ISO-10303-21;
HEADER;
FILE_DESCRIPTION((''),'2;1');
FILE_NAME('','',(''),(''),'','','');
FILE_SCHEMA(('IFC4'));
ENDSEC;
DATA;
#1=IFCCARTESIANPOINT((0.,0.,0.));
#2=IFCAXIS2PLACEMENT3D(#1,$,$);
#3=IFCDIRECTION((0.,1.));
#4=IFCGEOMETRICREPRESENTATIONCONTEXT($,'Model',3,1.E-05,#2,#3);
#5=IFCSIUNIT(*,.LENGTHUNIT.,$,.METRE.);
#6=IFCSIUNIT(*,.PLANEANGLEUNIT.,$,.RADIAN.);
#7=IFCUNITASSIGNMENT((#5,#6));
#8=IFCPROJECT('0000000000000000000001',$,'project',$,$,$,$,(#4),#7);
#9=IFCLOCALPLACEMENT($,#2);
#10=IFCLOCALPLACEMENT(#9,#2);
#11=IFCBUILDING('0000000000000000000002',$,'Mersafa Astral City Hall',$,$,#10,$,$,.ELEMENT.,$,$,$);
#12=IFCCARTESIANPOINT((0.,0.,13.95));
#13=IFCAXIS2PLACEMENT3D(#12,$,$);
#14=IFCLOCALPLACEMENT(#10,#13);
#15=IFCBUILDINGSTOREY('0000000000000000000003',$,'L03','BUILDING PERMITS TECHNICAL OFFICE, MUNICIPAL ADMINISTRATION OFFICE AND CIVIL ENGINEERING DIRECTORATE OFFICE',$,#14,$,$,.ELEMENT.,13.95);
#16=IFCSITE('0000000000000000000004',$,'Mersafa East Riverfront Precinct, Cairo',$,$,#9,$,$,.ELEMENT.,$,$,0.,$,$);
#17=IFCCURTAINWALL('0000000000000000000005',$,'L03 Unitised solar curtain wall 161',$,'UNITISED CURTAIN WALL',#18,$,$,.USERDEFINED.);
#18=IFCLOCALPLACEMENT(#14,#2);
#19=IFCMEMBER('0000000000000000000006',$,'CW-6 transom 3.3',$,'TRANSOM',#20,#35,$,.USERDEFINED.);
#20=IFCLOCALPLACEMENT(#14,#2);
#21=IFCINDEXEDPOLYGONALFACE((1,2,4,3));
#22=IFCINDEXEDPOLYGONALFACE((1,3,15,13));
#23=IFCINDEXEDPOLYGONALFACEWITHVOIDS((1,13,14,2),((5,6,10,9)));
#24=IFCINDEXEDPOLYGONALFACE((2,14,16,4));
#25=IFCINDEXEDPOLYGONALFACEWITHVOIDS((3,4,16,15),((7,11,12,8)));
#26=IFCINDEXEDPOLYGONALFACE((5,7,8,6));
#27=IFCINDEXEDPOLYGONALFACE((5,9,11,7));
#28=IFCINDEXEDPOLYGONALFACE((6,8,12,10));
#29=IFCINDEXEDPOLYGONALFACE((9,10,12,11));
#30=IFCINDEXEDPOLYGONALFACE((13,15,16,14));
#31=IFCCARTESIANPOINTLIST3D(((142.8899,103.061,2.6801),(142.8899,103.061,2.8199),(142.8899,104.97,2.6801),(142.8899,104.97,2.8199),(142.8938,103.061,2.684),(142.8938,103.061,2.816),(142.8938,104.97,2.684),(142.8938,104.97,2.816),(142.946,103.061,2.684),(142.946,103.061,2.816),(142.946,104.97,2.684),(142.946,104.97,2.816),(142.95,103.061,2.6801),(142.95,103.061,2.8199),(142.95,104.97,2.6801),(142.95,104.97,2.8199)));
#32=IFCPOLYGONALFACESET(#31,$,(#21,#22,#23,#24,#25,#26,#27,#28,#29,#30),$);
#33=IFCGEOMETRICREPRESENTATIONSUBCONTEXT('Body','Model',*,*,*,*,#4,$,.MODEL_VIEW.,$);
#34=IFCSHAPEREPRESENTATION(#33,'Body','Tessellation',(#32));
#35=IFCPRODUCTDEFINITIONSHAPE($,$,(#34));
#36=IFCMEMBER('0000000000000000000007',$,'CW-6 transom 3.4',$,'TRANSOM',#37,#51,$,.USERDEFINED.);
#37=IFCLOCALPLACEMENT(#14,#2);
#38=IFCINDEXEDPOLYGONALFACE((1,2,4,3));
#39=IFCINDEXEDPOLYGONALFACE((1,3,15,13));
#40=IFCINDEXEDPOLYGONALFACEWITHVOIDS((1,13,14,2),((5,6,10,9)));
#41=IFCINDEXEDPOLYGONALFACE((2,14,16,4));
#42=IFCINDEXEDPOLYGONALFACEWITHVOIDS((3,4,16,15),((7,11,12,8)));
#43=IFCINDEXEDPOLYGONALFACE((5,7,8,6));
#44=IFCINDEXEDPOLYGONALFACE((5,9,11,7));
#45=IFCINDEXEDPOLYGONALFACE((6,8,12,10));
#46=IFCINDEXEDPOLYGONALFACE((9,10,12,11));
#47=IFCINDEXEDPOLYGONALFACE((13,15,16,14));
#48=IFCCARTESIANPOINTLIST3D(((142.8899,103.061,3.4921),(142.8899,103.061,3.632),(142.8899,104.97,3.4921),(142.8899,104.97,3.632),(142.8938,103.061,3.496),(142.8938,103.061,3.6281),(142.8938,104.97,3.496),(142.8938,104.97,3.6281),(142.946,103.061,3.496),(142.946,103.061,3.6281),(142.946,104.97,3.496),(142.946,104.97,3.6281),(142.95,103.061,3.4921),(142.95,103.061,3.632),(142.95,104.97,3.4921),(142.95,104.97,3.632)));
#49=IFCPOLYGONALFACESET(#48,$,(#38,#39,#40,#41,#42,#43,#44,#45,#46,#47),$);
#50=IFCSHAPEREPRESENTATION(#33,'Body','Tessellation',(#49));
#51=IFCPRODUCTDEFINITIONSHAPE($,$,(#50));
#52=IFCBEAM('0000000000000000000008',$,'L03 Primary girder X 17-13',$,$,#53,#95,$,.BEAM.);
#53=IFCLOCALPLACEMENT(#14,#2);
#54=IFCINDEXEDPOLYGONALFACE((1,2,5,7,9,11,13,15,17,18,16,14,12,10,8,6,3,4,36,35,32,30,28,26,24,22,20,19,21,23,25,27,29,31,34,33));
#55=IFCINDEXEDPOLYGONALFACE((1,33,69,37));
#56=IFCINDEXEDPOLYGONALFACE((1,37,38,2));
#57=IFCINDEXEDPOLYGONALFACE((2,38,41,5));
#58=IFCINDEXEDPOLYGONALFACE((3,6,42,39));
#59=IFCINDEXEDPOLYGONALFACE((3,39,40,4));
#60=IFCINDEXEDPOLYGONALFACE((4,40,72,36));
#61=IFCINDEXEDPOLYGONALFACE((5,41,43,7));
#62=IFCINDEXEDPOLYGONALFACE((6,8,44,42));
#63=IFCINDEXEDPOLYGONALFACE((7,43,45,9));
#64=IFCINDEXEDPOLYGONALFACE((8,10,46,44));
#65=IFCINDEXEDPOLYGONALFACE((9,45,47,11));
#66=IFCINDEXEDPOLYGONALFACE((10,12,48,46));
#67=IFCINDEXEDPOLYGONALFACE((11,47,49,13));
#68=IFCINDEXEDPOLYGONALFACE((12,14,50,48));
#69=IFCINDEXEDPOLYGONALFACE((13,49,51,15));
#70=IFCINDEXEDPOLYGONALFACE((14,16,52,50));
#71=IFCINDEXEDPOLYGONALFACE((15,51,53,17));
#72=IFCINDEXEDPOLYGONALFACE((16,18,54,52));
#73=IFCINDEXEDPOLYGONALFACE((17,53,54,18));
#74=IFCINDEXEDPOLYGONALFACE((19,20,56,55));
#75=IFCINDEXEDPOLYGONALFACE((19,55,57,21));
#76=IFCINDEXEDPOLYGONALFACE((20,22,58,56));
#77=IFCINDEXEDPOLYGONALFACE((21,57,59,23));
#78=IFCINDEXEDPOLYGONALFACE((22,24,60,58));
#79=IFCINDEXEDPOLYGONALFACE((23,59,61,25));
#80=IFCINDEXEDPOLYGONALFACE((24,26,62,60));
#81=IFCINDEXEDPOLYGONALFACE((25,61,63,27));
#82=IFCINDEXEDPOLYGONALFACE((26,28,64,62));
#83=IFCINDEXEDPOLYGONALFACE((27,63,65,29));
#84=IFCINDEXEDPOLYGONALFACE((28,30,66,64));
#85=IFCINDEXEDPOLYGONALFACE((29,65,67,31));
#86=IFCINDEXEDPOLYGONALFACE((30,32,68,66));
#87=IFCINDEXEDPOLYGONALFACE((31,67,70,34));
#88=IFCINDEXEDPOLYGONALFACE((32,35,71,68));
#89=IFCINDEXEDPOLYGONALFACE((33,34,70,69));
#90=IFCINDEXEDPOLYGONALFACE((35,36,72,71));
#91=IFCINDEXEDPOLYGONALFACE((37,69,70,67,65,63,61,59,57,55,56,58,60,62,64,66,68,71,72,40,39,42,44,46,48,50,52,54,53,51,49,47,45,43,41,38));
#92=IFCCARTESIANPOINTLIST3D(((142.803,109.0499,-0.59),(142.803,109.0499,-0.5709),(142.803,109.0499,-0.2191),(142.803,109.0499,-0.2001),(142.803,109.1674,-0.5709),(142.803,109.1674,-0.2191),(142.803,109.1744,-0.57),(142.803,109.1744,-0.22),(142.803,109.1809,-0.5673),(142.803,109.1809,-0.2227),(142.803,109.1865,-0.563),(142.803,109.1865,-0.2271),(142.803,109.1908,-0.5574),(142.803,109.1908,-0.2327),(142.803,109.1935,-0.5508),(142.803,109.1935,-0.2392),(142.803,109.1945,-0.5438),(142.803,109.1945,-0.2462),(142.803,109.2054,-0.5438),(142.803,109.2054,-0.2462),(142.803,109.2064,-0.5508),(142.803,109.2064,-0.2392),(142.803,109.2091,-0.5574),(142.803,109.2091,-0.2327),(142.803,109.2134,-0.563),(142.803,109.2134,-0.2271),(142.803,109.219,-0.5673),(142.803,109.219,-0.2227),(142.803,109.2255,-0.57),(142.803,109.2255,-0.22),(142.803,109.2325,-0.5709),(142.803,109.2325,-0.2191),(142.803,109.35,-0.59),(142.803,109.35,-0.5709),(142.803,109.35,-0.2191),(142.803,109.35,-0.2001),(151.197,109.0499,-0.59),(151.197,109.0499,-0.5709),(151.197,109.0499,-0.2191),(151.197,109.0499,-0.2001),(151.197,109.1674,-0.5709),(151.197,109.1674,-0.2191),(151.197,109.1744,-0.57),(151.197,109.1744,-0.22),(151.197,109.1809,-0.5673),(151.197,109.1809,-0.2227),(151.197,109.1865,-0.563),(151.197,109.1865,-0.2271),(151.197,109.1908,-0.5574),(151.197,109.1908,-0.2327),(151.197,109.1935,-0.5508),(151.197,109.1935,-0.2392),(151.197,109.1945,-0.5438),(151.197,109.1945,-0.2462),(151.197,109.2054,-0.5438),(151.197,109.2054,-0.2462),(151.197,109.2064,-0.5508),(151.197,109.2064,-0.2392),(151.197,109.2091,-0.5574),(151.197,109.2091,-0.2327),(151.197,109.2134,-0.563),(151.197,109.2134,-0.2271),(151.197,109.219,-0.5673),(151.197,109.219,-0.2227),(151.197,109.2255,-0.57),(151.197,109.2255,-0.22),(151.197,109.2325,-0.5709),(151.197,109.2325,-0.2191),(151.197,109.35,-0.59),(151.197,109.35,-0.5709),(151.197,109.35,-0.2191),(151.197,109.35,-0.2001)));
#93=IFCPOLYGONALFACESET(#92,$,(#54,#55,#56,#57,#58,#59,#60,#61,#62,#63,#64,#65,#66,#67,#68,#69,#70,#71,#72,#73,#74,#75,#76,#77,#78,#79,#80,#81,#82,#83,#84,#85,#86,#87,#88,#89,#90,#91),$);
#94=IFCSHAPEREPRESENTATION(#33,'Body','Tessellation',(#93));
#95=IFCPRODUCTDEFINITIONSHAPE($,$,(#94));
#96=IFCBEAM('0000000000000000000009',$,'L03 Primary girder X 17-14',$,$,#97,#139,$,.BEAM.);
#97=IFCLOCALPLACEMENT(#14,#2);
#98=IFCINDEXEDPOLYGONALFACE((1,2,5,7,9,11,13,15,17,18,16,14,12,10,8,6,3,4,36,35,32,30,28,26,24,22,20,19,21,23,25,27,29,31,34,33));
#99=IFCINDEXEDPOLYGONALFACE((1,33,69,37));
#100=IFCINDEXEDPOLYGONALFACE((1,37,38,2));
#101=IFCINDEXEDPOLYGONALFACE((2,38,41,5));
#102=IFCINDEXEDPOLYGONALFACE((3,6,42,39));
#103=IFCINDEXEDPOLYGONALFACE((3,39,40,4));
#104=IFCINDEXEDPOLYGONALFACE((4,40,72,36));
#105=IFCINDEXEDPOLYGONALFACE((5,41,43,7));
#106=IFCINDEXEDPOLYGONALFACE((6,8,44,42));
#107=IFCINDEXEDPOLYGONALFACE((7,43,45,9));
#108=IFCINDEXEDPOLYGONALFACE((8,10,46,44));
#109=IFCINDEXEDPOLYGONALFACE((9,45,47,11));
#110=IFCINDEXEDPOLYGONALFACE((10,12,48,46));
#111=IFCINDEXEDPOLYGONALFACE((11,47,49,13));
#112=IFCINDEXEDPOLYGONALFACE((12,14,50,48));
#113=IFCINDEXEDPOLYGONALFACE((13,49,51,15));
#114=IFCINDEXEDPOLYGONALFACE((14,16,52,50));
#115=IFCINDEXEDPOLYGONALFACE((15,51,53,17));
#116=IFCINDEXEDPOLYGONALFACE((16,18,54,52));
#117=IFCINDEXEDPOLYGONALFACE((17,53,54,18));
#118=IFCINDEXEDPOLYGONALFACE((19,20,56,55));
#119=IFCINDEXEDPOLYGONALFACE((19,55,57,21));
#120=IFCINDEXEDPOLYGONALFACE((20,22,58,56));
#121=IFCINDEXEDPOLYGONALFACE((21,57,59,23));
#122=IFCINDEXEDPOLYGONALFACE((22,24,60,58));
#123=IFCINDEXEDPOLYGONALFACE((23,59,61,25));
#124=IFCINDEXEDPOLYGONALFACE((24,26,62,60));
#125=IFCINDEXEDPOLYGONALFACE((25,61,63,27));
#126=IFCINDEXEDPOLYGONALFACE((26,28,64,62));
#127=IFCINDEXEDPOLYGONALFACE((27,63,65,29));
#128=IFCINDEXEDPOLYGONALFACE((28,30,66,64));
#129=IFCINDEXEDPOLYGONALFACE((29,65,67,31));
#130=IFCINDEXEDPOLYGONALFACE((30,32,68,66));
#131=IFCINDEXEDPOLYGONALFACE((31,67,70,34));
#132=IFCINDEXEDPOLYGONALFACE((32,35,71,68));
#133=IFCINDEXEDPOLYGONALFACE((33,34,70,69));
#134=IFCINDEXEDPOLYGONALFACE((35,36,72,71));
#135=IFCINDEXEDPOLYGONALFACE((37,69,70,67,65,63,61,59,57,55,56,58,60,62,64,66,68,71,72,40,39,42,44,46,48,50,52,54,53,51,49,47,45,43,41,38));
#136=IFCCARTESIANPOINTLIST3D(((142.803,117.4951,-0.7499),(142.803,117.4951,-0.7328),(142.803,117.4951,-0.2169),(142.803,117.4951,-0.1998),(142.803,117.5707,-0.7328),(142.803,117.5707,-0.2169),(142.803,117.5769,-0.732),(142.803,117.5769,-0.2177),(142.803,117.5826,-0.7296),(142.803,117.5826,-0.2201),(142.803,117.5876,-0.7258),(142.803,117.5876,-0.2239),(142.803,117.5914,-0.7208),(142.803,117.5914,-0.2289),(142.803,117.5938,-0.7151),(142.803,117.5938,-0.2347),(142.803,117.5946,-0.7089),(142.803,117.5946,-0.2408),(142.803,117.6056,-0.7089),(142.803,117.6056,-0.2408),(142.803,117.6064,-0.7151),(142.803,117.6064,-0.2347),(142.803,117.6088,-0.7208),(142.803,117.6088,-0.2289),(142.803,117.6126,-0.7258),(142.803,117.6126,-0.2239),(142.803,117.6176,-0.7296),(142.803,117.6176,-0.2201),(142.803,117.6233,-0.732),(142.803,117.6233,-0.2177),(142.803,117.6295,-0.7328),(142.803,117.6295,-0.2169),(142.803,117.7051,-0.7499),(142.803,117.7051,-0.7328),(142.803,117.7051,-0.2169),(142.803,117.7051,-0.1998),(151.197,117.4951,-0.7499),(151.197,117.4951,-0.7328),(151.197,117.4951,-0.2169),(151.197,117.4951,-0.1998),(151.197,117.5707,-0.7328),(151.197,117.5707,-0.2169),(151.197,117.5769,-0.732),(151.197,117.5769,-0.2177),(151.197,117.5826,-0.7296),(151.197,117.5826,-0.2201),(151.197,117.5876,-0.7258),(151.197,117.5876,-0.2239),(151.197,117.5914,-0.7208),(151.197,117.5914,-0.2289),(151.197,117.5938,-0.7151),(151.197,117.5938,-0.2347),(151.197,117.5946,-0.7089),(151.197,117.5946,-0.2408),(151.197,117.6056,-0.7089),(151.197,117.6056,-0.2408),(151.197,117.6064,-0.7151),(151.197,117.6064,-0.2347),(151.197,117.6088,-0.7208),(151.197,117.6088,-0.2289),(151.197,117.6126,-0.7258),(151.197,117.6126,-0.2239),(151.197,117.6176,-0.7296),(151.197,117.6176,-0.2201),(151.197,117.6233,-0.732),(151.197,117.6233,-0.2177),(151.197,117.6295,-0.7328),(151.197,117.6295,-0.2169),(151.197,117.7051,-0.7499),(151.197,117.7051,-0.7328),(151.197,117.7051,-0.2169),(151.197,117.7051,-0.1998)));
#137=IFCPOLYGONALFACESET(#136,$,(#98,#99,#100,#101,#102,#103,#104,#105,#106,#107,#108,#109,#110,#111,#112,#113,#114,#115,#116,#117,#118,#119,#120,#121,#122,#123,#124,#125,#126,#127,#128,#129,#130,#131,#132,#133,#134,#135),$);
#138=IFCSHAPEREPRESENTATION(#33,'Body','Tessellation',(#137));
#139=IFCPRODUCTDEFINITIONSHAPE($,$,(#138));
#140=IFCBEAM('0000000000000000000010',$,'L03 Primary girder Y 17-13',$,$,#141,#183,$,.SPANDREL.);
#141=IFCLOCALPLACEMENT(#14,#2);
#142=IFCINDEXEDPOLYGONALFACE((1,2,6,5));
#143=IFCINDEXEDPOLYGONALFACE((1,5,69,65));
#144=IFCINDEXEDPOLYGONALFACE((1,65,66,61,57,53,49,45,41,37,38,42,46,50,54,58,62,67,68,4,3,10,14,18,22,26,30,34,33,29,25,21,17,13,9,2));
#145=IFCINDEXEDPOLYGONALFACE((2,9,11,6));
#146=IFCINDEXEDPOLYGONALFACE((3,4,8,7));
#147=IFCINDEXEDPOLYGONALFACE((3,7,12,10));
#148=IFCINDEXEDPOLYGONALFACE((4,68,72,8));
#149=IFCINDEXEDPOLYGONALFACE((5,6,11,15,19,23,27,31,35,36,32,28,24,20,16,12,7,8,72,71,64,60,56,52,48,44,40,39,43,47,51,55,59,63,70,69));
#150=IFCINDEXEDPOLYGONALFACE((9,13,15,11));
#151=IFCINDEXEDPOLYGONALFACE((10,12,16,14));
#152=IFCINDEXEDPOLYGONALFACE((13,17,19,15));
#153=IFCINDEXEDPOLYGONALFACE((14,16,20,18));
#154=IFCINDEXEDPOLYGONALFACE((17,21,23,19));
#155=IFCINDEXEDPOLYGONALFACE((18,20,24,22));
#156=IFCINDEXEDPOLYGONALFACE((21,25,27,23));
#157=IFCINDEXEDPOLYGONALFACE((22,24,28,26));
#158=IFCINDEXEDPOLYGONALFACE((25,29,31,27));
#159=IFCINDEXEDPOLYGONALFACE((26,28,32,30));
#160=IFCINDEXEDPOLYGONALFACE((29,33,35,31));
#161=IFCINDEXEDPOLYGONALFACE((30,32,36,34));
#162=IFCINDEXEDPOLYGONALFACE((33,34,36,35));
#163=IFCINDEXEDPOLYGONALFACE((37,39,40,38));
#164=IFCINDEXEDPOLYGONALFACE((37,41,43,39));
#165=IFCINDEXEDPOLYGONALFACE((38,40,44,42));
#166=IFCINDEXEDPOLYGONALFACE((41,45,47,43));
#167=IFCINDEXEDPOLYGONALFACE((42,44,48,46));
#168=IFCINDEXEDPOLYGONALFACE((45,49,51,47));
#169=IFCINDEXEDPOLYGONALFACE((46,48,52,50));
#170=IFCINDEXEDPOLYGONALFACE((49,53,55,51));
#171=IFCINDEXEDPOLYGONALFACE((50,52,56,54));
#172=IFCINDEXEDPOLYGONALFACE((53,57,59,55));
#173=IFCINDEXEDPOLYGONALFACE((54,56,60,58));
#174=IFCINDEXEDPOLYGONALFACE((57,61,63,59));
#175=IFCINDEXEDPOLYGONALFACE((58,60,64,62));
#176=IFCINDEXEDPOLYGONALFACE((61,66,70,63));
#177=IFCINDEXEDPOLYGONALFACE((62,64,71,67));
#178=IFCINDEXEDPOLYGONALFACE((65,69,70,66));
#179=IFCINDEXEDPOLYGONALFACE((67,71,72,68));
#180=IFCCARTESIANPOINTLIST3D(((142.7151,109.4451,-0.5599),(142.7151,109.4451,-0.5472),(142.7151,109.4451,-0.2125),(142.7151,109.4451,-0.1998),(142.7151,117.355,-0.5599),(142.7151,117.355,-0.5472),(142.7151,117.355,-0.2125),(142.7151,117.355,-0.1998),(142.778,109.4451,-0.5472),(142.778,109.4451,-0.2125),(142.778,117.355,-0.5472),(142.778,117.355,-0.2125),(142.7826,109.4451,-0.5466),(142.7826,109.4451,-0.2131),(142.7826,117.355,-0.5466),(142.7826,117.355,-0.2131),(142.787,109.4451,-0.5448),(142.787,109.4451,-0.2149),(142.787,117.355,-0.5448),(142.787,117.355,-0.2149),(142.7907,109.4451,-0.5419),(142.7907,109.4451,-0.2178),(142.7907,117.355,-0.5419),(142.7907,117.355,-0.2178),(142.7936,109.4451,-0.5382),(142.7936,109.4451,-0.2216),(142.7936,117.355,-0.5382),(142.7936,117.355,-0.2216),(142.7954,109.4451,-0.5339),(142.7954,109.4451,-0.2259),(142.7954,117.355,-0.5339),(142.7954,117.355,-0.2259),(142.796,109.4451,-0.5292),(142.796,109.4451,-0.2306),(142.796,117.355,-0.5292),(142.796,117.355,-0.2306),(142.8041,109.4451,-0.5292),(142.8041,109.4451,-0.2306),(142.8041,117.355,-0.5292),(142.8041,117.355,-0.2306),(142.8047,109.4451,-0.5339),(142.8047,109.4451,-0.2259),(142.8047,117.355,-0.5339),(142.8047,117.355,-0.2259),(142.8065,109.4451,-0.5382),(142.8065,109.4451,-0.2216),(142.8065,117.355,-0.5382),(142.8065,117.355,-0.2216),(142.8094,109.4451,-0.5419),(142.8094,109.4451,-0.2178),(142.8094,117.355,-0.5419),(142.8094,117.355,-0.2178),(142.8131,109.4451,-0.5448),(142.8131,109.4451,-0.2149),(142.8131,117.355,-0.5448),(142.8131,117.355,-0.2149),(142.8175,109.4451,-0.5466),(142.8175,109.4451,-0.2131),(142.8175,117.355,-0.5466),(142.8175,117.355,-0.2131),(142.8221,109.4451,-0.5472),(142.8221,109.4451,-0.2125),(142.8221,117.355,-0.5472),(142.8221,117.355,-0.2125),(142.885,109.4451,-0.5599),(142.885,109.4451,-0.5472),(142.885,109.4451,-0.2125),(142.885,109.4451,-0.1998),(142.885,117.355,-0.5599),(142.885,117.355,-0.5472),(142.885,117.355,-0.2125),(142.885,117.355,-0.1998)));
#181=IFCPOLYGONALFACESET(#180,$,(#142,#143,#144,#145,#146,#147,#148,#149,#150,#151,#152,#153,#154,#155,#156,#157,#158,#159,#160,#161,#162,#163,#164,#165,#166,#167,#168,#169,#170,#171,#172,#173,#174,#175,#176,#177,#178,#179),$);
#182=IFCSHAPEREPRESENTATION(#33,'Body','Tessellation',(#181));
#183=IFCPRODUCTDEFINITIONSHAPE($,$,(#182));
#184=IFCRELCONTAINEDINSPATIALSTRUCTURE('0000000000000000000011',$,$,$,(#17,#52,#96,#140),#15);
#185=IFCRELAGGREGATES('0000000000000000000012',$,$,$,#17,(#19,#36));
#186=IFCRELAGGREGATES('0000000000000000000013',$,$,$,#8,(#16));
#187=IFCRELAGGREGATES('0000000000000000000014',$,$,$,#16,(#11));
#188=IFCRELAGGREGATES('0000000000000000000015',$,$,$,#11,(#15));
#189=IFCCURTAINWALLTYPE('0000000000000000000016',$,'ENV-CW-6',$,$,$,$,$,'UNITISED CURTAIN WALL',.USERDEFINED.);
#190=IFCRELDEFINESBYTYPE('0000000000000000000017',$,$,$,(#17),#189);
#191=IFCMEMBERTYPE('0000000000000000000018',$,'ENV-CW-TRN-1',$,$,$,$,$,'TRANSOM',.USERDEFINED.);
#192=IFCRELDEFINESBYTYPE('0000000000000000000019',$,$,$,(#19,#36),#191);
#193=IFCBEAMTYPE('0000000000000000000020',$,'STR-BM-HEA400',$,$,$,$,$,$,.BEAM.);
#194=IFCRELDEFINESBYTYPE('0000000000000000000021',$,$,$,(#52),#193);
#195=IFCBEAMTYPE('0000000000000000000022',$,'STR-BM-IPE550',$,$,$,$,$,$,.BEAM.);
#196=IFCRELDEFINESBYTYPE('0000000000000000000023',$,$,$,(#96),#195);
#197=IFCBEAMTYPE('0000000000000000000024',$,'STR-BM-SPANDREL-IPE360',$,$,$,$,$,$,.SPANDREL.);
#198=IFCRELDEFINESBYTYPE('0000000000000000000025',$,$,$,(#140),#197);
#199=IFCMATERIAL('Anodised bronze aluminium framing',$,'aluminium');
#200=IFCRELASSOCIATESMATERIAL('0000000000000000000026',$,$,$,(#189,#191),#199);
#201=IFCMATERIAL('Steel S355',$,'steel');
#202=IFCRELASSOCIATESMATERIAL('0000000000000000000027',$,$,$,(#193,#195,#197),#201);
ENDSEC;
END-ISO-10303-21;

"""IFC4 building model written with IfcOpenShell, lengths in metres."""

from ifc_helpers import new_model, si_unit, direction, frame, origin, origin_2d, place, context, subcontext, project, spatial, hollow_rectangle, i_section, extrude, material, material_profile, profile_set, type_object, element, aggregate, save


model = new_model("IFC4")

# Units and contexts
model_context = context("Model", 3, precision=1e-05, world=origin(), true_north=direction((0.0, 1.0)))
body_context = subcontext(model_context, "Body", "Model", "MODEL_VIEW")
ifc_project = project(units=[si_unit("LENGTHUNIT", "METRE"), si_unit("PLANEANGLEUNIT", "RADIAN")], contexts=[model_context])

# Site, building, storey
site_placement = place(None, origin())
site = spatial("IfcSite", under=ifc_project, at=site_placement, Name="Mersafa East Riverfront Precinct, Cairo", CompositionType="ELEMENT", RefElevation=0.0)
building_placement = place(site_placement, origin())
building = spatial("IfcBuilding", under=site, at=building_placement, Name="Mersafa Astral City Hall", CompositionType="ELEMENT")
storey_placement = place(building_placement, frame((0.0, 0.0, 13.95)))
storey = spatial("IfcBuildingStorey", under=building, at=storey_placement, Name="L03", Description="BUILDING PERMITS TECHNICAL OFFICE, MUNICIPAL ADMINISTRATION OFFICE AND CIVIL ENGINEERING DIRECTORATE OFFICE", CompositionType="ELEMENT", Elevation=13.95)

# Shared definitions
ifc_material_1 = material(Name="Steel S355", Category="steel")

# Curtain wall, members
ifc_material_2 = material(Name="Anodised bronze aluminium framing", Category="aluminium")
curtain_wall_type = type_object("IfcCurtainWallType", Name="ENV-CW-6", ElementType="UNITISED CURTAIN WALL", PredefinedType="USERDEFINED", material=ifc_material_2)
curtain_wall_placement = place(storey_placement, origin())
curtain_wall = element("IfcCurtainWall", 1, at=curtain_wall_placement, inside=storey, type_object=curtain_wall_type, Name="L03 Unitised solar curtain wall 161", ObjectType="UNITISED CURTAIN WALL", PredefinedType="USERDEFINED")
ifc_material_profile_1 = material_profile(ifc_material_2, hollow_rectangle(XDim=0.0601, YDim=0.1399, WallThickness=0.0039, at=origin_2d()), Name="RHS 60x140x4")
ifc_profile_set_1 = profile_set([ifc_material_profile_1], Name="Anodised bronze aluminium framing")
member_type_1 = type_object("IfcMemberType", Name="ENV-CW-TRN-1", ElementType="TRANSOM", PredefinedType="USERDEFINED", material=ifc_profile_set_1)
member_1_placement = place(storey_placement, frame((142.9199, 104.97, 2.75), z_axis=(0.0, -1.0, 0.0), x_axis=(1.0, 0.0, 0.0)))
member_1 = element("IfcMember", 2, at=member_1_placement, type_object=member_type_1, Name="CW-6 transom 3.3", ObjectType="TRANSOM", PredefinedType="USERDEFINED", context=body_context, shape_type="SweptSolid", body=[
    extrude(hollow_rectangle(XDim=0.0601, YDim=0.1399, WallThickness=0.0039, at=origin_2d()), origin(), (0.0, 0.0, 1.0), 1.9089),
])
member_2_placement = place(storey_placement, frame((142.9199, 104.97, 3.562), z_axis=(0.0, -1.0, 0.0), x_axis=(1.0, 0.0, 0.0)))
member_2 = element("IfcMember", 3, at=member_2_placement, type_object=member_type_1, Name="CW-6 transom 3.4", ObjectType="TRANSOM", PredefinedType="USERDEFINED", context=body_context, shape_type="SweptSolid", body=[
    extrude(hollow_rectangle(XDim=0.0601, YDim=0.1399, WallThickness=0.0039, at=origin_2d()), origin(), (0.0, 0.0, 1.0), 1.9089),
])

# Beams
ifc_material_profile_2 = material_profile(ifc_material_1, i_section(OverallWidth=0.3, OverallDepth=0.3899, WebThickness=0.011, FlangeThickness=0.019, FilletRadius=0.0271, at=origin_2d()), Name="HEA 400")
ifc_profile_set_2 = profile_set([ifc_material_profile_2], Name="Steel S355")
beam_type_1 = type_object("IfcBeamType", Name="STR-BM-HEA400", PredefinedType="BEAM", material=ifc_profile_set_2)
beam_1_placement = place(storey_placement, frame((142.803, 109.2, -0.395), z_axis=(1.0, 0.0, 0.0), x_axis=(0.0, 1.0, 0.0)))
element("IfcBeam", 4, at=beam_1_placement, inside=storey, type_object=beam_type_1, Name="L03 Primary girder X 17-13", PredefinedType="BEAM", context=body_context, shape_type="SweptSolid", body=[
    extrude(i_section(OverallWidth=0.3, OverallDepth=0.3899, WebThickness=0.011, FlangeThickness=0.019, FilletRadius=0.0271, at=origin_2d()), origin(), (0.0, 0.0, 1.0), 8.394),
])
ifc_material_profile_3 = material_profile(ifc_material_1, i_section(OverallWidth=0.21, OverallDepth=0.55, WebThickness=0.011, FlangeThickness=0.0171, FilletRadius=0.0239, at=origin_2d()), Name="IPE 550")
ifc_profile_set_3 = profile_set([ifc_material_profile_3], Name="Steel S355")
beam_type_2 = type_object("IfcBeamType", Name="STR-BM-IPE550", PredefinedType="BEAM", material=ifc_profile_set_3)
beam_2_placement = place(storey_placement, frame((142.803, 117.6001, -0.4749), z_axis=(1.0, 0.0, 0.0), x_axis=(0.0, 1.0, 0.0)))
element("IfcBeam", 5, at=beam_2_placement, inside=storey, type_object=beam_type_2, Name="L03 Primary girder X 17-14", PredefinedType="BEAM", context=body_context, shape_type="SweptSolid", body=[
    extrude(i_section(OverallWidth=0.21, OverallDepth=0.55, WebThickness=0.011, FlangeThickness=0.0171, FilletRadius=0.0239, at=origin_2d()), origin(), (0.0, 0.0, 1.0), 8.394),
])
ifc_material_profile_4 = material_profile(ifc_material_1, i_section(OverallWidth=0.1699, OverallDepth=0.3601, WebThickness=0.0081, FlangeThickness=0.0127, FilletRadius=0.0181, at=origin_2d()), Name="IPE 360")
ifc_profile_set_4 = profile_set([ifc_material_profile_4], Name="Steel S355")
beam_type_3 = type_object("IfcBeamType", Name="STR-BM-SPANDREL-IPE360", PredefinedType="SPANDREL", material=ifc_profile_set_4)
beam_3_placement = place(storey_placement, frame((142.8, 109.4451, -0.3799), z_axis=(0.0, 1.0, 0.0), x_axis=(-1.0, 0.0, 0.0)))
element("IfcBeam", 6, at=beam_3_placement, inside=storey, type_object=beam_type_3, Name="L03 Primary girder Y 17-13", PredefinedType="SPANDREL", context=body_context, shape_type="SweptSolid", body=[
    extrude(i_section(OverallWidth=0.1699, OverallDepth=0.3601, WebThickness=0.0081, FlangeThickness=0.0127, FilletRadius=0.0181, at=origin_2d()), origin(), (0.0, 0.0, 1.0), 7.9099),
])

aggregate(curtain_wall, [member_1, member_2])

save(model, "model.ifc")
